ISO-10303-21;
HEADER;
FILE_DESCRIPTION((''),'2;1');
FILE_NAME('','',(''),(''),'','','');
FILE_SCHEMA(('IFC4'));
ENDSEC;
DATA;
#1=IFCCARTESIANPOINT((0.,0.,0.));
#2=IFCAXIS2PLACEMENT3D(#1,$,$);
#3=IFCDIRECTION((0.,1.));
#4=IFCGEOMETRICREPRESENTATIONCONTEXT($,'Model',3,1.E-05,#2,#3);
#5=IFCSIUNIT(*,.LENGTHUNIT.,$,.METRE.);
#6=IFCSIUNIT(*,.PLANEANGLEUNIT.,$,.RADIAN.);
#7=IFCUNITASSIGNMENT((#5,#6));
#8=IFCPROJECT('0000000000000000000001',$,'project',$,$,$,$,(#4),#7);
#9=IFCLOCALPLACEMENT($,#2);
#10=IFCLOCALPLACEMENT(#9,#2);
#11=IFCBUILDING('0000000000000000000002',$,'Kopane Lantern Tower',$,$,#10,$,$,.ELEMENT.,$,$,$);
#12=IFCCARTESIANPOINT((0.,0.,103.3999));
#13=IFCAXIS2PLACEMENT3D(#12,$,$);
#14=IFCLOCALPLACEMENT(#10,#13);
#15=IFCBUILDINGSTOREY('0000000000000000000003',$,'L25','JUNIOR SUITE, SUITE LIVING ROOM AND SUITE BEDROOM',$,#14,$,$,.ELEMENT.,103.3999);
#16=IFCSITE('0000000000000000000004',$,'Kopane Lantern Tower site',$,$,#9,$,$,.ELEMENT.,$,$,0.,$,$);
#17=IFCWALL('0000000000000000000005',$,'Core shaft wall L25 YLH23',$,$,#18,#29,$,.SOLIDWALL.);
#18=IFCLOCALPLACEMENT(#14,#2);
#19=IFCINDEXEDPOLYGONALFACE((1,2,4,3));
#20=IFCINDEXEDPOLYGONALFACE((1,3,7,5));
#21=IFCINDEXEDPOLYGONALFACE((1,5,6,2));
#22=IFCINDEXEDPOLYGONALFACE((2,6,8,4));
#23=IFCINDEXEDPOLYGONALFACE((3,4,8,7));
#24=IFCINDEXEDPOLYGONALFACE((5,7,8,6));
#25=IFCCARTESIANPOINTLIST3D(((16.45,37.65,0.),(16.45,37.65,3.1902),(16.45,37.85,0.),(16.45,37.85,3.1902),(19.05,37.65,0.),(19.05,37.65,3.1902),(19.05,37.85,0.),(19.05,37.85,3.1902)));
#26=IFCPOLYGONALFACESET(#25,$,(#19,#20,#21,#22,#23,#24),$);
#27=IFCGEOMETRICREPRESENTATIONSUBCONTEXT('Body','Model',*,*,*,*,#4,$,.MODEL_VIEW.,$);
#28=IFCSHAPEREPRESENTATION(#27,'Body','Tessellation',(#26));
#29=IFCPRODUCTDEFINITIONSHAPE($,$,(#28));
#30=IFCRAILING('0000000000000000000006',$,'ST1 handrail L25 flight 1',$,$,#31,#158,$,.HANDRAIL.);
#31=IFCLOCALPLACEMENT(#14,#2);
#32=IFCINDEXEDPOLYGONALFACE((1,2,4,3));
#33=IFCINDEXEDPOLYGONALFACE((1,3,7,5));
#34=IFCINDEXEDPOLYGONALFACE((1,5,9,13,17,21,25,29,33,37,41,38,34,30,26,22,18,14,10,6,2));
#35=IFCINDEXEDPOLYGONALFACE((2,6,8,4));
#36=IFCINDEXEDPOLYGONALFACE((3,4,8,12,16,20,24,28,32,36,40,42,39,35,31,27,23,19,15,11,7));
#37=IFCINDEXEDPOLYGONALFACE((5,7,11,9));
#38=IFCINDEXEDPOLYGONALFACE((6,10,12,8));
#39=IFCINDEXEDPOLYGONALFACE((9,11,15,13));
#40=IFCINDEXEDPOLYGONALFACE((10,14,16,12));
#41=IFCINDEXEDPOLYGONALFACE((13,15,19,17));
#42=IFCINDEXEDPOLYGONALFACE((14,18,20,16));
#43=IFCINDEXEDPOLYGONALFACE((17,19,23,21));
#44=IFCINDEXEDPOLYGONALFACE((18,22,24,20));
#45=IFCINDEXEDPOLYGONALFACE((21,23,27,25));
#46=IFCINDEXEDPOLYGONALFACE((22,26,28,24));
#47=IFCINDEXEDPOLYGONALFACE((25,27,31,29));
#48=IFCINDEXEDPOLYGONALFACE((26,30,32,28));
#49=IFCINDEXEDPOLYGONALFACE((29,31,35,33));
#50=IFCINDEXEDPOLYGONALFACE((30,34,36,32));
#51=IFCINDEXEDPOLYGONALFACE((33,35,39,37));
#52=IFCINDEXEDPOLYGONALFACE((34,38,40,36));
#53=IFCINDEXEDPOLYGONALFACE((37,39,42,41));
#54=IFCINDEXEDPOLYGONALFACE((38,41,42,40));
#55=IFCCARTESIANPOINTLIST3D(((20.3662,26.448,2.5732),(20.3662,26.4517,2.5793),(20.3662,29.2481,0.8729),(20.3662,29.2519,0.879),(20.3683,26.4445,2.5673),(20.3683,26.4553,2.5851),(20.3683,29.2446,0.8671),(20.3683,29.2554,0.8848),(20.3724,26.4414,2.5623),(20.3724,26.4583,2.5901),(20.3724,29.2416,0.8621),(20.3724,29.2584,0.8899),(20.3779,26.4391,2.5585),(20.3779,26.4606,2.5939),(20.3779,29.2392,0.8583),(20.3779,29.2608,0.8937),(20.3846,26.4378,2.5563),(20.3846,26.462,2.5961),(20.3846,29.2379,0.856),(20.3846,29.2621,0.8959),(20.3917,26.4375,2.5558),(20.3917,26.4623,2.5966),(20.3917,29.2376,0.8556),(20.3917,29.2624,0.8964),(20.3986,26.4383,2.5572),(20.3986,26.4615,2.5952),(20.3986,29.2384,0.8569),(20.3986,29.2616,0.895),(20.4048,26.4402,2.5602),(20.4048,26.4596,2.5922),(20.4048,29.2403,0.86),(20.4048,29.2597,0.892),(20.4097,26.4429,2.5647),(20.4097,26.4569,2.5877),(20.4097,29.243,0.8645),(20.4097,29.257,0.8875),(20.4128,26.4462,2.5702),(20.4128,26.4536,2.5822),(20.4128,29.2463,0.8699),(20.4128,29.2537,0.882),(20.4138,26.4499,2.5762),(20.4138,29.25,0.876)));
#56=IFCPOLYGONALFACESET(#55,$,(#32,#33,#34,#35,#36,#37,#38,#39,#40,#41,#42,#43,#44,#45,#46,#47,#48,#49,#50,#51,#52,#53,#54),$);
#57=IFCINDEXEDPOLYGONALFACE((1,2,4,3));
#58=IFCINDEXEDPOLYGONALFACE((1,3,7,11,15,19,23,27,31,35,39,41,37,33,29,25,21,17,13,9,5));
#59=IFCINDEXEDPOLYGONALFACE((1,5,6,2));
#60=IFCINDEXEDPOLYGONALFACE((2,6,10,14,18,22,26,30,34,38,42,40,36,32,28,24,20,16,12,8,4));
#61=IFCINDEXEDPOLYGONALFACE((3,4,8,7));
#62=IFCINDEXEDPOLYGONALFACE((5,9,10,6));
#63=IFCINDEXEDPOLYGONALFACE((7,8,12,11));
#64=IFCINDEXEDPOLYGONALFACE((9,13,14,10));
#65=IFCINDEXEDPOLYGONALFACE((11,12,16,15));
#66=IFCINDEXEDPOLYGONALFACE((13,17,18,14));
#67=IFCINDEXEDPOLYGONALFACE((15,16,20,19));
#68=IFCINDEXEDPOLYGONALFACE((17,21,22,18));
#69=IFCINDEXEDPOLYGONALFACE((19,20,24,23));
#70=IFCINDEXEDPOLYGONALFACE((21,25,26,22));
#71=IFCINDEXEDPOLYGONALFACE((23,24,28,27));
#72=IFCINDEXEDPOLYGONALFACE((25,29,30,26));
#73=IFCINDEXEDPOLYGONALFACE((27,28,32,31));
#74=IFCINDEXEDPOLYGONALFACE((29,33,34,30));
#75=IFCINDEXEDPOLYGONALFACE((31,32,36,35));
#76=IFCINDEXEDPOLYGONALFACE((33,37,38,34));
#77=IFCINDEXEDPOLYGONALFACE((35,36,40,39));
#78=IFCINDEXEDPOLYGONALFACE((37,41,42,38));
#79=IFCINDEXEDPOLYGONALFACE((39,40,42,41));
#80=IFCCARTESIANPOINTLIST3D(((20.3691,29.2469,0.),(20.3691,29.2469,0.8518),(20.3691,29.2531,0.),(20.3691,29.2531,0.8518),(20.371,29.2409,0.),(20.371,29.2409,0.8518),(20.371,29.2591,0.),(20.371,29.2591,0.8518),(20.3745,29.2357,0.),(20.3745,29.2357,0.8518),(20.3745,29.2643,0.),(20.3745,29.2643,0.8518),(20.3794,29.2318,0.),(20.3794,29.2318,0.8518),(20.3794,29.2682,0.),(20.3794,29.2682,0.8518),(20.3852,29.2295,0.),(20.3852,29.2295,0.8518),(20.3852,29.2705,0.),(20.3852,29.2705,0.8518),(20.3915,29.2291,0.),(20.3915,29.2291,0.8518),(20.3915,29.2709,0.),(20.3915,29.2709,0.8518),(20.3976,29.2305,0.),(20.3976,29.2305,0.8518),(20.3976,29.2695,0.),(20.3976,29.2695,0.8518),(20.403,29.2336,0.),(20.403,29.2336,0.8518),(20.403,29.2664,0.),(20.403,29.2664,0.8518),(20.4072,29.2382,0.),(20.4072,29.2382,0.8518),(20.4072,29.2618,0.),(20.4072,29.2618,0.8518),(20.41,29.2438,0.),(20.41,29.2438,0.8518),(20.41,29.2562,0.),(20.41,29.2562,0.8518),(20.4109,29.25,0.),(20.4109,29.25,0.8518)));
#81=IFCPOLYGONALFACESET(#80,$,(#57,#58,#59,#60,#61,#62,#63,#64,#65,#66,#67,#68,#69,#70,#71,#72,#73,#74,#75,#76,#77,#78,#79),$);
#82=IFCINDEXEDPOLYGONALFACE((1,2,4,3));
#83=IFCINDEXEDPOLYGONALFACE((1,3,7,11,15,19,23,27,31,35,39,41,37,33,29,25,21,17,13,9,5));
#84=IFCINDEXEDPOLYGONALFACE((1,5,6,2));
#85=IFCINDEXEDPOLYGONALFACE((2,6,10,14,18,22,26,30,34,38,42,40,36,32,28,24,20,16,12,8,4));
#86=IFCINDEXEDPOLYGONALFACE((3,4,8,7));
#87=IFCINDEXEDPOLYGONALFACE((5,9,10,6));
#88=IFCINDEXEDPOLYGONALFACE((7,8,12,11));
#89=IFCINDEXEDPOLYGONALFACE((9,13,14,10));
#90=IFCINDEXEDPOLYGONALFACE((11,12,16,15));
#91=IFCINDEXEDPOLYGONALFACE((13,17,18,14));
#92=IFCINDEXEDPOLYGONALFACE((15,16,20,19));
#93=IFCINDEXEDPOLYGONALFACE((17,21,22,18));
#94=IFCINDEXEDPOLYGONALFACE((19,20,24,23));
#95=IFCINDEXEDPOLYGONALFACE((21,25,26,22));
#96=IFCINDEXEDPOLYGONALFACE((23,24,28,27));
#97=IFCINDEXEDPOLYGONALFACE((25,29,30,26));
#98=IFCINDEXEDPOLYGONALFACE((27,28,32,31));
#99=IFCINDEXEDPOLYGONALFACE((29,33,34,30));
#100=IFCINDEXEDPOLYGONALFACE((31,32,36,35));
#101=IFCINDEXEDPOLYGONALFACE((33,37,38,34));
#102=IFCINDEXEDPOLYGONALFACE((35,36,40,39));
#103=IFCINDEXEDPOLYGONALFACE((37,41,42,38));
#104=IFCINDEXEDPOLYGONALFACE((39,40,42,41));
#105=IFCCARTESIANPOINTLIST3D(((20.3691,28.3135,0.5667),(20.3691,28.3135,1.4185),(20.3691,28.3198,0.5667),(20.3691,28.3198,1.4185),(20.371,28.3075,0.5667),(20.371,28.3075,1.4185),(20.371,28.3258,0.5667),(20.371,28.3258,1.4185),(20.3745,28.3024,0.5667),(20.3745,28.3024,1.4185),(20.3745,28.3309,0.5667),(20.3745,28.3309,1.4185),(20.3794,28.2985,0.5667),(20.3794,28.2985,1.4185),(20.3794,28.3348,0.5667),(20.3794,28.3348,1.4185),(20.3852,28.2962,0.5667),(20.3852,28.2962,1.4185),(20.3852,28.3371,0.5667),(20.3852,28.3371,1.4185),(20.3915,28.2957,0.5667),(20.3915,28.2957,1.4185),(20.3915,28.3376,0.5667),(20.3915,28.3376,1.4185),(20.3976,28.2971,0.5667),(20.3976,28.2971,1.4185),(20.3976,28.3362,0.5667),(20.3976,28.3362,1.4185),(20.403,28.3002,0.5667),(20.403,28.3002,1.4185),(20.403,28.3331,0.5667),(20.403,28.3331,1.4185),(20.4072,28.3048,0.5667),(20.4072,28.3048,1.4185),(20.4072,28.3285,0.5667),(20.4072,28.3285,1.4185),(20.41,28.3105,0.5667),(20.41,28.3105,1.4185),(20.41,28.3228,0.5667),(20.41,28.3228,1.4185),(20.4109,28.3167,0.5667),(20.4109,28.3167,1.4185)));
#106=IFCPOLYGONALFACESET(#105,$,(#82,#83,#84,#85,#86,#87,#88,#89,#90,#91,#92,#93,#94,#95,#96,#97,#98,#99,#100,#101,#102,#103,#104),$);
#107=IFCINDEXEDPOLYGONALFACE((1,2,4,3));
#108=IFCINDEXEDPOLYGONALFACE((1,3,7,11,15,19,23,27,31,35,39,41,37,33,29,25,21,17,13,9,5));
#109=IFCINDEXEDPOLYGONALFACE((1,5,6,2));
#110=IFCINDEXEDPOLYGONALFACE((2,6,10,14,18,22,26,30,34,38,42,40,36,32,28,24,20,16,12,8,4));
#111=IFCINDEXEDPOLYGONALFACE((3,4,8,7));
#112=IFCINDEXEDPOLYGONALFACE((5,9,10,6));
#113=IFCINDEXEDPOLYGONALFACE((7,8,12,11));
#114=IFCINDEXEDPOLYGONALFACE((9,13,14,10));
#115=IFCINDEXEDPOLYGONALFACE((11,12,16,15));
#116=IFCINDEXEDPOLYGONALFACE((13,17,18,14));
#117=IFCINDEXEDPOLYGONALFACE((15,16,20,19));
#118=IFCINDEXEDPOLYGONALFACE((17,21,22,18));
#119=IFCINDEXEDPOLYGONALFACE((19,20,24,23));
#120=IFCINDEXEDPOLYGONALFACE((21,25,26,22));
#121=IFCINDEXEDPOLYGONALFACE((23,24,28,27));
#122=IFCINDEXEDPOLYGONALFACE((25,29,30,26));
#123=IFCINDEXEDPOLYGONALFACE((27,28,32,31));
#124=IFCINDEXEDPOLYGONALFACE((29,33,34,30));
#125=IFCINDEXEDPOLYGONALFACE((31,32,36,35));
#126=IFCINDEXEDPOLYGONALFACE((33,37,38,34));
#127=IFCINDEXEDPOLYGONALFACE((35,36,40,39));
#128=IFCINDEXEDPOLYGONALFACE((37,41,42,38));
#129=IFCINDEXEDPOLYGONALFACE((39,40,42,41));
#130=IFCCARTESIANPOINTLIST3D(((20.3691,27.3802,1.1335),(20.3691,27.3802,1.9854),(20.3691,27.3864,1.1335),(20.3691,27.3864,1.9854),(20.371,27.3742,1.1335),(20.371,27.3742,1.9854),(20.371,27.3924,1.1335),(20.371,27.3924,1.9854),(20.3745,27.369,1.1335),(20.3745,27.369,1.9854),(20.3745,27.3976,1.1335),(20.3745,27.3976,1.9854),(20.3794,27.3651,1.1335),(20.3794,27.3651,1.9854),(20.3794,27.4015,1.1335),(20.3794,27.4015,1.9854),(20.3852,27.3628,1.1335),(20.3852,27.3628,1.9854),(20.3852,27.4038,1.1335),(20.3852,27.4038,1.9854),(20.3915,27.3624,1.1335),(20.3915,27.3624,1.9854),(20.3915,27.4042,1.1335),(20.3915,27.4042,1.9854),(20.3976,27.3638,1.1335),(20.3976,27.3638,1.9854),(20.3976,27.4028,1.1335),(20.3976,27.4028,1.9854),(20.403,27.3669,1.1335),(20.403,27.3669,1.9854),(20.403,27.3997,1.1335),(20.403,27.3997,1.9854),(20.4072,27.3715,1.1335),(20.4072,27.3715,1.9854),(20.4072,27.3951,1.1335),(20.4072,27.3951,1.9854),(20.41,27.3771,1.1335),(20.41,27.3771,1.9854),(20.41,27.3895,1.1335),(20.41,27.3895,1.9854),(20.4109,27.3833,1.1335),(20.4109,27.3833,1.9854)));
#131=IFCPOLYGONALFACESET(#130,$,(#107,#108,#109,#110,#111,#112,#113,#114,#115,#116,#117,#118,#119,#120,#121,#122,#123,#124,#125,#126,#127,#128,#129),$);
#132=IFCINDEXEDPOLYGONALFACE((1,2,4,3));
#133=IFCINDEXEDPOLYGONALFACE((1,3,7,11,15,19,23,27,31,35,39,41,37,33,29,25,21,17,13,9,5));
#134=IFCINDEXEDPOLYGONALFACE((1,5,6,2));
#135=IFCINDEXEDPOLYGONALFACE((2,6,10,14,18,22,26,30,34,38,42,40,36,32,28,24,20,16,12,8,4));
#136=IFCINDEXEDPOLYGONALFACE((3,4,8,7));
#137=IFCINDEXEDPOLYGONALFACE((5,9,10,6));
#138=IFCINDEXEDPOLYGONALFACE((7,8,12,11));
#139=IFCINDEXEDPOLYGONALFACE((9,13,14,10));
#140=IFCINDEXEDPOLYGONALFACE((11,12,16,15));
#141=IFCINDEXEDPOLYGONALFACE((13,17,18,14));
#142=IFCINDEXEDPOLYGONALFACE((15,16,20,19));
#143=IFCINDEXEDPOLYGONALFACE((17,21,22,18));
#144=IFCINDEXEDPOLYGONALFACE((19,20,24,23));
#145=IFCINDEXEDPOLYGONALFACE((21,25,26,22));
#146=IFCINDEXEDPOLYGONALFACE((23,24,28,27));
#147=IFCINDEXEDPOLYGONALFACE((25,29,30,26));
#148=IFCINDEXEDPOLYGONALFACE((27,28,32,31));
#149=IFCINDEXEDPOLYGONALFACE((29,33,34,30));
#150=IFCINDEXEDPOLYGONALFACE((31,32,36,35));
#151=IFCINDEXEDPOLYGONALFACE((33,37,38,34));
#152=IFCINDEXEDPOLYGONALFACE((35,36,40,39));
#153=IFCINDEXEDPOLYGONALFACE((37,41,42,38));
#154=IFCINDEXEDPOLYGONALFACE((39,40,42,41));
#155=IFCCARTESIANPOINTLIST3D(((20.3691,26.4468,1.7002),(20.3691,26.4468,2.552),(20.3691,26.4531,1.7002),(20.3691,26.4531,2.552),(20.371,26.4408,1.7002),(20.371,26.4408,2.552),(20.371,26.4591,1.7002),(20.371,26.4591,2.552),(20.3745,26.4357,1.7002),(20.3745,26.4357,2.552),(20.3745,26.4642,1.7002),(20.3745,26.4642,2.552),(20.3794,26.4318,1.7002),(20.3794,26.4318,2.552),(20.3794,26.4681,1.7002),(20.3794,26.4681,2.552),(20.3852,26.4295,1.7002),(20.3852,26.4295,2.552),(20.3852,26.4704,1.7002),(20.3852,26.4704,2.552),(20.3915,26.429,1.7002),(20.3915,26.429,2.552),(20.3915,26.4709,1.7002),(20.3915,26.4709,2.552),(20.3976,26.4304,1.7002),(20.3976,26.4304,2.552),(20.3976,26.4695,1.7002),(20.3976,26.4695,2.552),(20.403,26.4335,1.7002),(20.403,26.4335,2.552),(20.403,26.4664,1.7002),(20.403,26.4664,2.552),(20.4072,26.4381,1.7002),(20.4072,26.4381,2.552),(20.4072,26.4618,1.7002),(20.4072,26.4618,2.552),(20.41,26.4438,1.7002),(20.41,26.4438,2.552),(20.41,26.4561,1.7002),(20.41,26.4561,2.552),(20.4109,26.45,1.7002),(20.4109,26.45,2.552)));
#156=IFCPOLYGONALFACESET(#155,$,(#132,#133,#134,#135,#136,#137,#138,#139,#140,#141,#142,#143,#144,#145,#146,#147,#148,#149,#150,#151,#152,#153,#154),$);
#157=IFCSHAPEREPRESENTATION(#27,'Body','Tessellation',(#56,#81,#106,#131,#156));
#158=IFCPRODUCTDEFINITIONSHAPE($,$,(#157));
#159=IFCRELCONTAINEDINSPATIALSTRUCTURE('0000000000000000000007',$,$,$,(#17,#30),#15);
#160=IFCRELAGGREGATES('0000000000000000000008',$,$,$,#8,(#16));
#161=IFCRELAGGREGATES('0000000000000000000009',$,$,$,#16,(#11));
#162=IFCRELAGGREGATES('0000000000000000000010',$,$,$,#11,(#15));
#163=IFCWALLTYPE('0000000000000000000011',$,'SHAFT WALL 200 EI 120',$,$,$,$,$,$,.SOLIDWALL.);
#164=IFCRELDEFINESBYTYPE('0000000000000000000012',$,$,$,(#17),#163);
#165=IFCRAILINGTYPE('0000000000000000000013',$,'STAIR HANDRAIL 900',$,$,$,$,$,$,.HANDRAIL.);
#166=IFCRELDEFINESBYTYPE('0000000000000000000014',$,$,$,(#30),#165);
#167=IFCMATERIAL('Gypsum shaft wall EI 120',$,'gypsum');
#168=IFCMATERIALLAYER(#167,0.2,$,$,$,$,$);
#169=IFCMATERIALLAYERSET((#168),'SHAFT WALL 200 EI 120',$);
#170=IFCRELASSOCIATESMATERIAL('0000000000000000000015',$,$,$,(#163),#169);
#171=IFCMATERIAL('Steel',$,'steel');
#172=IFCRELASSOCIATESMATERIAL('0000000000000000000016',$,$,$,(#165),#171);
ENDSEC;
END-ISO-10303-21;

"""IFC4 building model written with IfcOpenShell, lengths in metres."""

from ifc_helpers import new_model, si_unit, direction, frame, frame_2d, origin, origin_2d, place, context, subcontext, project, spatial, rectangle, circle, extrude, material, layer, layer_set, type_object, element, save


model = new_model("IFC4")

# Units and contexts
model_context = context("Model", 3, precision=1e-05, world=origin(), true_north=direction((0.0, 1.0)))
body_context = subcontext(model_context, "Body", "Model", "MODEL_VIEW")
ifc_project = project(units=[si_unit("LENGTHUNIT", "METRE"), si_unit("PLANEANGLEUNIT", "RADIAN")], contexts=[model_context])

# Site, building, storey
site_placement = place(None, origin())
site = spatial("IfcSite", under=ifc_project, at=site_placement, Name="Kopane Lantern Tower site", CompositionType="ELEMENT", RefElevation=0.0)
building_placement = place(site_placement, origin())
building = spatial("IfcBuilding", under=site, at=building_placement, Name="Kopane Lantern Tower", CompositionType="ELEMENT")
storey_placement = place(building_placement, frame((0.0, 0.0, 103.3999)))
storey = spatial("IfcBuildingStorey", under=building, at=storey_placement, Name="L25", Description="JUNIOR SUITE, SUITE LIVING ROOM AND SUITE BEDROOM", CompositionType="ELEMENT", Elevation=103.3999)

# Wall
ifc_material_1 = material(Name="Gypsum shaft wall EI 120", Category="gypsum")
ifc_layer_1 = layer(ifc_material_1, 0.2)
ifc_layer_set_1 = layer_set([ifc_layer_1], Name="SHAFT WALL 200 EI 120")
wall_type_1 = type_object("IfcWallType", Name="SHAFT WALL 200 EI 120", PredefinedType="SOLIDWALL", material=ifc_layer_set_1)
for number, where, z_axis, x_axis, name in (
    (1, (16.45, 37.75, 0.0), (0.0, 0.0, 1.0), (1.0, 0.0, 0.0), "Core shaft wall L25 YLH23"),
):
    element("IfcWall", number, at=place(storey_placement, frame(where, z_axis=z_axis, x_axis=x_axis)), inside=storey, type_object=wall_type_1, Name=name, PredefinedType="SOLIDWALL", context=body_context, shape_type="SweptSolid", body=[
        extrude(rectangle(XDim=2.6001, YDim=0.2, at=frame_2d((1.3, 0.0))), origin(), (0.0, 0.0, 1.0), 3.1902),
    ])

# Railing
ifc_material_2 = material(Name="Steel", Category="steel")
railing_type_1 = type_object("IfcRailingType", Name="STAIR HANDRAIL 900", PredefinedType="HANDRAIL", material=ifc_material_2)
for number, where, name in (
    (2, (20.3899, 29.25, 0.0), "ST1 handrail L25 flight 1"),
):
    element("IfcRailing", number, at=place(storey_placement, frame(where)), inside=storey, type_object=railing_type_1, Name=name, PredefinedType="HANDRAIL", context=body_context, shape_type="SweptSolid", body=[
        extrude(circle(Radius=0.0239, at=origin_2d()), frame((0.0, 0.0, 0.876), z_axis=(0.0, -0.854765, 0.519015), x_axis=(1.0, 0.0, 0.0)), (0.0, 0.0, 1.0), 3.2759),
        extrude(circle(Radius=0.021, at=origin_2d()), origin(), (0.0, 0.0, 1.0), 0.8518),
        extrude(circle(Radius=0.021, at=origin_2d()), frame((0.0, -0.9333, 0.5667)), (0.0, 0.0, 1.0), 0.8518),
        extrude(circle(Radius=0.021, at=origin_2d()), frame((0.0, -1.8667, 1.1335)), (0.0, 0.0, 1.0), 0.8518),
        extrude(circle(Radius=0.021, at=origin_2d()), frame((0.0, -2.8, 1.7002)), (0.0, 0.0, 1.0), 0.8518),
    ])

save(model, "model.ifc")
